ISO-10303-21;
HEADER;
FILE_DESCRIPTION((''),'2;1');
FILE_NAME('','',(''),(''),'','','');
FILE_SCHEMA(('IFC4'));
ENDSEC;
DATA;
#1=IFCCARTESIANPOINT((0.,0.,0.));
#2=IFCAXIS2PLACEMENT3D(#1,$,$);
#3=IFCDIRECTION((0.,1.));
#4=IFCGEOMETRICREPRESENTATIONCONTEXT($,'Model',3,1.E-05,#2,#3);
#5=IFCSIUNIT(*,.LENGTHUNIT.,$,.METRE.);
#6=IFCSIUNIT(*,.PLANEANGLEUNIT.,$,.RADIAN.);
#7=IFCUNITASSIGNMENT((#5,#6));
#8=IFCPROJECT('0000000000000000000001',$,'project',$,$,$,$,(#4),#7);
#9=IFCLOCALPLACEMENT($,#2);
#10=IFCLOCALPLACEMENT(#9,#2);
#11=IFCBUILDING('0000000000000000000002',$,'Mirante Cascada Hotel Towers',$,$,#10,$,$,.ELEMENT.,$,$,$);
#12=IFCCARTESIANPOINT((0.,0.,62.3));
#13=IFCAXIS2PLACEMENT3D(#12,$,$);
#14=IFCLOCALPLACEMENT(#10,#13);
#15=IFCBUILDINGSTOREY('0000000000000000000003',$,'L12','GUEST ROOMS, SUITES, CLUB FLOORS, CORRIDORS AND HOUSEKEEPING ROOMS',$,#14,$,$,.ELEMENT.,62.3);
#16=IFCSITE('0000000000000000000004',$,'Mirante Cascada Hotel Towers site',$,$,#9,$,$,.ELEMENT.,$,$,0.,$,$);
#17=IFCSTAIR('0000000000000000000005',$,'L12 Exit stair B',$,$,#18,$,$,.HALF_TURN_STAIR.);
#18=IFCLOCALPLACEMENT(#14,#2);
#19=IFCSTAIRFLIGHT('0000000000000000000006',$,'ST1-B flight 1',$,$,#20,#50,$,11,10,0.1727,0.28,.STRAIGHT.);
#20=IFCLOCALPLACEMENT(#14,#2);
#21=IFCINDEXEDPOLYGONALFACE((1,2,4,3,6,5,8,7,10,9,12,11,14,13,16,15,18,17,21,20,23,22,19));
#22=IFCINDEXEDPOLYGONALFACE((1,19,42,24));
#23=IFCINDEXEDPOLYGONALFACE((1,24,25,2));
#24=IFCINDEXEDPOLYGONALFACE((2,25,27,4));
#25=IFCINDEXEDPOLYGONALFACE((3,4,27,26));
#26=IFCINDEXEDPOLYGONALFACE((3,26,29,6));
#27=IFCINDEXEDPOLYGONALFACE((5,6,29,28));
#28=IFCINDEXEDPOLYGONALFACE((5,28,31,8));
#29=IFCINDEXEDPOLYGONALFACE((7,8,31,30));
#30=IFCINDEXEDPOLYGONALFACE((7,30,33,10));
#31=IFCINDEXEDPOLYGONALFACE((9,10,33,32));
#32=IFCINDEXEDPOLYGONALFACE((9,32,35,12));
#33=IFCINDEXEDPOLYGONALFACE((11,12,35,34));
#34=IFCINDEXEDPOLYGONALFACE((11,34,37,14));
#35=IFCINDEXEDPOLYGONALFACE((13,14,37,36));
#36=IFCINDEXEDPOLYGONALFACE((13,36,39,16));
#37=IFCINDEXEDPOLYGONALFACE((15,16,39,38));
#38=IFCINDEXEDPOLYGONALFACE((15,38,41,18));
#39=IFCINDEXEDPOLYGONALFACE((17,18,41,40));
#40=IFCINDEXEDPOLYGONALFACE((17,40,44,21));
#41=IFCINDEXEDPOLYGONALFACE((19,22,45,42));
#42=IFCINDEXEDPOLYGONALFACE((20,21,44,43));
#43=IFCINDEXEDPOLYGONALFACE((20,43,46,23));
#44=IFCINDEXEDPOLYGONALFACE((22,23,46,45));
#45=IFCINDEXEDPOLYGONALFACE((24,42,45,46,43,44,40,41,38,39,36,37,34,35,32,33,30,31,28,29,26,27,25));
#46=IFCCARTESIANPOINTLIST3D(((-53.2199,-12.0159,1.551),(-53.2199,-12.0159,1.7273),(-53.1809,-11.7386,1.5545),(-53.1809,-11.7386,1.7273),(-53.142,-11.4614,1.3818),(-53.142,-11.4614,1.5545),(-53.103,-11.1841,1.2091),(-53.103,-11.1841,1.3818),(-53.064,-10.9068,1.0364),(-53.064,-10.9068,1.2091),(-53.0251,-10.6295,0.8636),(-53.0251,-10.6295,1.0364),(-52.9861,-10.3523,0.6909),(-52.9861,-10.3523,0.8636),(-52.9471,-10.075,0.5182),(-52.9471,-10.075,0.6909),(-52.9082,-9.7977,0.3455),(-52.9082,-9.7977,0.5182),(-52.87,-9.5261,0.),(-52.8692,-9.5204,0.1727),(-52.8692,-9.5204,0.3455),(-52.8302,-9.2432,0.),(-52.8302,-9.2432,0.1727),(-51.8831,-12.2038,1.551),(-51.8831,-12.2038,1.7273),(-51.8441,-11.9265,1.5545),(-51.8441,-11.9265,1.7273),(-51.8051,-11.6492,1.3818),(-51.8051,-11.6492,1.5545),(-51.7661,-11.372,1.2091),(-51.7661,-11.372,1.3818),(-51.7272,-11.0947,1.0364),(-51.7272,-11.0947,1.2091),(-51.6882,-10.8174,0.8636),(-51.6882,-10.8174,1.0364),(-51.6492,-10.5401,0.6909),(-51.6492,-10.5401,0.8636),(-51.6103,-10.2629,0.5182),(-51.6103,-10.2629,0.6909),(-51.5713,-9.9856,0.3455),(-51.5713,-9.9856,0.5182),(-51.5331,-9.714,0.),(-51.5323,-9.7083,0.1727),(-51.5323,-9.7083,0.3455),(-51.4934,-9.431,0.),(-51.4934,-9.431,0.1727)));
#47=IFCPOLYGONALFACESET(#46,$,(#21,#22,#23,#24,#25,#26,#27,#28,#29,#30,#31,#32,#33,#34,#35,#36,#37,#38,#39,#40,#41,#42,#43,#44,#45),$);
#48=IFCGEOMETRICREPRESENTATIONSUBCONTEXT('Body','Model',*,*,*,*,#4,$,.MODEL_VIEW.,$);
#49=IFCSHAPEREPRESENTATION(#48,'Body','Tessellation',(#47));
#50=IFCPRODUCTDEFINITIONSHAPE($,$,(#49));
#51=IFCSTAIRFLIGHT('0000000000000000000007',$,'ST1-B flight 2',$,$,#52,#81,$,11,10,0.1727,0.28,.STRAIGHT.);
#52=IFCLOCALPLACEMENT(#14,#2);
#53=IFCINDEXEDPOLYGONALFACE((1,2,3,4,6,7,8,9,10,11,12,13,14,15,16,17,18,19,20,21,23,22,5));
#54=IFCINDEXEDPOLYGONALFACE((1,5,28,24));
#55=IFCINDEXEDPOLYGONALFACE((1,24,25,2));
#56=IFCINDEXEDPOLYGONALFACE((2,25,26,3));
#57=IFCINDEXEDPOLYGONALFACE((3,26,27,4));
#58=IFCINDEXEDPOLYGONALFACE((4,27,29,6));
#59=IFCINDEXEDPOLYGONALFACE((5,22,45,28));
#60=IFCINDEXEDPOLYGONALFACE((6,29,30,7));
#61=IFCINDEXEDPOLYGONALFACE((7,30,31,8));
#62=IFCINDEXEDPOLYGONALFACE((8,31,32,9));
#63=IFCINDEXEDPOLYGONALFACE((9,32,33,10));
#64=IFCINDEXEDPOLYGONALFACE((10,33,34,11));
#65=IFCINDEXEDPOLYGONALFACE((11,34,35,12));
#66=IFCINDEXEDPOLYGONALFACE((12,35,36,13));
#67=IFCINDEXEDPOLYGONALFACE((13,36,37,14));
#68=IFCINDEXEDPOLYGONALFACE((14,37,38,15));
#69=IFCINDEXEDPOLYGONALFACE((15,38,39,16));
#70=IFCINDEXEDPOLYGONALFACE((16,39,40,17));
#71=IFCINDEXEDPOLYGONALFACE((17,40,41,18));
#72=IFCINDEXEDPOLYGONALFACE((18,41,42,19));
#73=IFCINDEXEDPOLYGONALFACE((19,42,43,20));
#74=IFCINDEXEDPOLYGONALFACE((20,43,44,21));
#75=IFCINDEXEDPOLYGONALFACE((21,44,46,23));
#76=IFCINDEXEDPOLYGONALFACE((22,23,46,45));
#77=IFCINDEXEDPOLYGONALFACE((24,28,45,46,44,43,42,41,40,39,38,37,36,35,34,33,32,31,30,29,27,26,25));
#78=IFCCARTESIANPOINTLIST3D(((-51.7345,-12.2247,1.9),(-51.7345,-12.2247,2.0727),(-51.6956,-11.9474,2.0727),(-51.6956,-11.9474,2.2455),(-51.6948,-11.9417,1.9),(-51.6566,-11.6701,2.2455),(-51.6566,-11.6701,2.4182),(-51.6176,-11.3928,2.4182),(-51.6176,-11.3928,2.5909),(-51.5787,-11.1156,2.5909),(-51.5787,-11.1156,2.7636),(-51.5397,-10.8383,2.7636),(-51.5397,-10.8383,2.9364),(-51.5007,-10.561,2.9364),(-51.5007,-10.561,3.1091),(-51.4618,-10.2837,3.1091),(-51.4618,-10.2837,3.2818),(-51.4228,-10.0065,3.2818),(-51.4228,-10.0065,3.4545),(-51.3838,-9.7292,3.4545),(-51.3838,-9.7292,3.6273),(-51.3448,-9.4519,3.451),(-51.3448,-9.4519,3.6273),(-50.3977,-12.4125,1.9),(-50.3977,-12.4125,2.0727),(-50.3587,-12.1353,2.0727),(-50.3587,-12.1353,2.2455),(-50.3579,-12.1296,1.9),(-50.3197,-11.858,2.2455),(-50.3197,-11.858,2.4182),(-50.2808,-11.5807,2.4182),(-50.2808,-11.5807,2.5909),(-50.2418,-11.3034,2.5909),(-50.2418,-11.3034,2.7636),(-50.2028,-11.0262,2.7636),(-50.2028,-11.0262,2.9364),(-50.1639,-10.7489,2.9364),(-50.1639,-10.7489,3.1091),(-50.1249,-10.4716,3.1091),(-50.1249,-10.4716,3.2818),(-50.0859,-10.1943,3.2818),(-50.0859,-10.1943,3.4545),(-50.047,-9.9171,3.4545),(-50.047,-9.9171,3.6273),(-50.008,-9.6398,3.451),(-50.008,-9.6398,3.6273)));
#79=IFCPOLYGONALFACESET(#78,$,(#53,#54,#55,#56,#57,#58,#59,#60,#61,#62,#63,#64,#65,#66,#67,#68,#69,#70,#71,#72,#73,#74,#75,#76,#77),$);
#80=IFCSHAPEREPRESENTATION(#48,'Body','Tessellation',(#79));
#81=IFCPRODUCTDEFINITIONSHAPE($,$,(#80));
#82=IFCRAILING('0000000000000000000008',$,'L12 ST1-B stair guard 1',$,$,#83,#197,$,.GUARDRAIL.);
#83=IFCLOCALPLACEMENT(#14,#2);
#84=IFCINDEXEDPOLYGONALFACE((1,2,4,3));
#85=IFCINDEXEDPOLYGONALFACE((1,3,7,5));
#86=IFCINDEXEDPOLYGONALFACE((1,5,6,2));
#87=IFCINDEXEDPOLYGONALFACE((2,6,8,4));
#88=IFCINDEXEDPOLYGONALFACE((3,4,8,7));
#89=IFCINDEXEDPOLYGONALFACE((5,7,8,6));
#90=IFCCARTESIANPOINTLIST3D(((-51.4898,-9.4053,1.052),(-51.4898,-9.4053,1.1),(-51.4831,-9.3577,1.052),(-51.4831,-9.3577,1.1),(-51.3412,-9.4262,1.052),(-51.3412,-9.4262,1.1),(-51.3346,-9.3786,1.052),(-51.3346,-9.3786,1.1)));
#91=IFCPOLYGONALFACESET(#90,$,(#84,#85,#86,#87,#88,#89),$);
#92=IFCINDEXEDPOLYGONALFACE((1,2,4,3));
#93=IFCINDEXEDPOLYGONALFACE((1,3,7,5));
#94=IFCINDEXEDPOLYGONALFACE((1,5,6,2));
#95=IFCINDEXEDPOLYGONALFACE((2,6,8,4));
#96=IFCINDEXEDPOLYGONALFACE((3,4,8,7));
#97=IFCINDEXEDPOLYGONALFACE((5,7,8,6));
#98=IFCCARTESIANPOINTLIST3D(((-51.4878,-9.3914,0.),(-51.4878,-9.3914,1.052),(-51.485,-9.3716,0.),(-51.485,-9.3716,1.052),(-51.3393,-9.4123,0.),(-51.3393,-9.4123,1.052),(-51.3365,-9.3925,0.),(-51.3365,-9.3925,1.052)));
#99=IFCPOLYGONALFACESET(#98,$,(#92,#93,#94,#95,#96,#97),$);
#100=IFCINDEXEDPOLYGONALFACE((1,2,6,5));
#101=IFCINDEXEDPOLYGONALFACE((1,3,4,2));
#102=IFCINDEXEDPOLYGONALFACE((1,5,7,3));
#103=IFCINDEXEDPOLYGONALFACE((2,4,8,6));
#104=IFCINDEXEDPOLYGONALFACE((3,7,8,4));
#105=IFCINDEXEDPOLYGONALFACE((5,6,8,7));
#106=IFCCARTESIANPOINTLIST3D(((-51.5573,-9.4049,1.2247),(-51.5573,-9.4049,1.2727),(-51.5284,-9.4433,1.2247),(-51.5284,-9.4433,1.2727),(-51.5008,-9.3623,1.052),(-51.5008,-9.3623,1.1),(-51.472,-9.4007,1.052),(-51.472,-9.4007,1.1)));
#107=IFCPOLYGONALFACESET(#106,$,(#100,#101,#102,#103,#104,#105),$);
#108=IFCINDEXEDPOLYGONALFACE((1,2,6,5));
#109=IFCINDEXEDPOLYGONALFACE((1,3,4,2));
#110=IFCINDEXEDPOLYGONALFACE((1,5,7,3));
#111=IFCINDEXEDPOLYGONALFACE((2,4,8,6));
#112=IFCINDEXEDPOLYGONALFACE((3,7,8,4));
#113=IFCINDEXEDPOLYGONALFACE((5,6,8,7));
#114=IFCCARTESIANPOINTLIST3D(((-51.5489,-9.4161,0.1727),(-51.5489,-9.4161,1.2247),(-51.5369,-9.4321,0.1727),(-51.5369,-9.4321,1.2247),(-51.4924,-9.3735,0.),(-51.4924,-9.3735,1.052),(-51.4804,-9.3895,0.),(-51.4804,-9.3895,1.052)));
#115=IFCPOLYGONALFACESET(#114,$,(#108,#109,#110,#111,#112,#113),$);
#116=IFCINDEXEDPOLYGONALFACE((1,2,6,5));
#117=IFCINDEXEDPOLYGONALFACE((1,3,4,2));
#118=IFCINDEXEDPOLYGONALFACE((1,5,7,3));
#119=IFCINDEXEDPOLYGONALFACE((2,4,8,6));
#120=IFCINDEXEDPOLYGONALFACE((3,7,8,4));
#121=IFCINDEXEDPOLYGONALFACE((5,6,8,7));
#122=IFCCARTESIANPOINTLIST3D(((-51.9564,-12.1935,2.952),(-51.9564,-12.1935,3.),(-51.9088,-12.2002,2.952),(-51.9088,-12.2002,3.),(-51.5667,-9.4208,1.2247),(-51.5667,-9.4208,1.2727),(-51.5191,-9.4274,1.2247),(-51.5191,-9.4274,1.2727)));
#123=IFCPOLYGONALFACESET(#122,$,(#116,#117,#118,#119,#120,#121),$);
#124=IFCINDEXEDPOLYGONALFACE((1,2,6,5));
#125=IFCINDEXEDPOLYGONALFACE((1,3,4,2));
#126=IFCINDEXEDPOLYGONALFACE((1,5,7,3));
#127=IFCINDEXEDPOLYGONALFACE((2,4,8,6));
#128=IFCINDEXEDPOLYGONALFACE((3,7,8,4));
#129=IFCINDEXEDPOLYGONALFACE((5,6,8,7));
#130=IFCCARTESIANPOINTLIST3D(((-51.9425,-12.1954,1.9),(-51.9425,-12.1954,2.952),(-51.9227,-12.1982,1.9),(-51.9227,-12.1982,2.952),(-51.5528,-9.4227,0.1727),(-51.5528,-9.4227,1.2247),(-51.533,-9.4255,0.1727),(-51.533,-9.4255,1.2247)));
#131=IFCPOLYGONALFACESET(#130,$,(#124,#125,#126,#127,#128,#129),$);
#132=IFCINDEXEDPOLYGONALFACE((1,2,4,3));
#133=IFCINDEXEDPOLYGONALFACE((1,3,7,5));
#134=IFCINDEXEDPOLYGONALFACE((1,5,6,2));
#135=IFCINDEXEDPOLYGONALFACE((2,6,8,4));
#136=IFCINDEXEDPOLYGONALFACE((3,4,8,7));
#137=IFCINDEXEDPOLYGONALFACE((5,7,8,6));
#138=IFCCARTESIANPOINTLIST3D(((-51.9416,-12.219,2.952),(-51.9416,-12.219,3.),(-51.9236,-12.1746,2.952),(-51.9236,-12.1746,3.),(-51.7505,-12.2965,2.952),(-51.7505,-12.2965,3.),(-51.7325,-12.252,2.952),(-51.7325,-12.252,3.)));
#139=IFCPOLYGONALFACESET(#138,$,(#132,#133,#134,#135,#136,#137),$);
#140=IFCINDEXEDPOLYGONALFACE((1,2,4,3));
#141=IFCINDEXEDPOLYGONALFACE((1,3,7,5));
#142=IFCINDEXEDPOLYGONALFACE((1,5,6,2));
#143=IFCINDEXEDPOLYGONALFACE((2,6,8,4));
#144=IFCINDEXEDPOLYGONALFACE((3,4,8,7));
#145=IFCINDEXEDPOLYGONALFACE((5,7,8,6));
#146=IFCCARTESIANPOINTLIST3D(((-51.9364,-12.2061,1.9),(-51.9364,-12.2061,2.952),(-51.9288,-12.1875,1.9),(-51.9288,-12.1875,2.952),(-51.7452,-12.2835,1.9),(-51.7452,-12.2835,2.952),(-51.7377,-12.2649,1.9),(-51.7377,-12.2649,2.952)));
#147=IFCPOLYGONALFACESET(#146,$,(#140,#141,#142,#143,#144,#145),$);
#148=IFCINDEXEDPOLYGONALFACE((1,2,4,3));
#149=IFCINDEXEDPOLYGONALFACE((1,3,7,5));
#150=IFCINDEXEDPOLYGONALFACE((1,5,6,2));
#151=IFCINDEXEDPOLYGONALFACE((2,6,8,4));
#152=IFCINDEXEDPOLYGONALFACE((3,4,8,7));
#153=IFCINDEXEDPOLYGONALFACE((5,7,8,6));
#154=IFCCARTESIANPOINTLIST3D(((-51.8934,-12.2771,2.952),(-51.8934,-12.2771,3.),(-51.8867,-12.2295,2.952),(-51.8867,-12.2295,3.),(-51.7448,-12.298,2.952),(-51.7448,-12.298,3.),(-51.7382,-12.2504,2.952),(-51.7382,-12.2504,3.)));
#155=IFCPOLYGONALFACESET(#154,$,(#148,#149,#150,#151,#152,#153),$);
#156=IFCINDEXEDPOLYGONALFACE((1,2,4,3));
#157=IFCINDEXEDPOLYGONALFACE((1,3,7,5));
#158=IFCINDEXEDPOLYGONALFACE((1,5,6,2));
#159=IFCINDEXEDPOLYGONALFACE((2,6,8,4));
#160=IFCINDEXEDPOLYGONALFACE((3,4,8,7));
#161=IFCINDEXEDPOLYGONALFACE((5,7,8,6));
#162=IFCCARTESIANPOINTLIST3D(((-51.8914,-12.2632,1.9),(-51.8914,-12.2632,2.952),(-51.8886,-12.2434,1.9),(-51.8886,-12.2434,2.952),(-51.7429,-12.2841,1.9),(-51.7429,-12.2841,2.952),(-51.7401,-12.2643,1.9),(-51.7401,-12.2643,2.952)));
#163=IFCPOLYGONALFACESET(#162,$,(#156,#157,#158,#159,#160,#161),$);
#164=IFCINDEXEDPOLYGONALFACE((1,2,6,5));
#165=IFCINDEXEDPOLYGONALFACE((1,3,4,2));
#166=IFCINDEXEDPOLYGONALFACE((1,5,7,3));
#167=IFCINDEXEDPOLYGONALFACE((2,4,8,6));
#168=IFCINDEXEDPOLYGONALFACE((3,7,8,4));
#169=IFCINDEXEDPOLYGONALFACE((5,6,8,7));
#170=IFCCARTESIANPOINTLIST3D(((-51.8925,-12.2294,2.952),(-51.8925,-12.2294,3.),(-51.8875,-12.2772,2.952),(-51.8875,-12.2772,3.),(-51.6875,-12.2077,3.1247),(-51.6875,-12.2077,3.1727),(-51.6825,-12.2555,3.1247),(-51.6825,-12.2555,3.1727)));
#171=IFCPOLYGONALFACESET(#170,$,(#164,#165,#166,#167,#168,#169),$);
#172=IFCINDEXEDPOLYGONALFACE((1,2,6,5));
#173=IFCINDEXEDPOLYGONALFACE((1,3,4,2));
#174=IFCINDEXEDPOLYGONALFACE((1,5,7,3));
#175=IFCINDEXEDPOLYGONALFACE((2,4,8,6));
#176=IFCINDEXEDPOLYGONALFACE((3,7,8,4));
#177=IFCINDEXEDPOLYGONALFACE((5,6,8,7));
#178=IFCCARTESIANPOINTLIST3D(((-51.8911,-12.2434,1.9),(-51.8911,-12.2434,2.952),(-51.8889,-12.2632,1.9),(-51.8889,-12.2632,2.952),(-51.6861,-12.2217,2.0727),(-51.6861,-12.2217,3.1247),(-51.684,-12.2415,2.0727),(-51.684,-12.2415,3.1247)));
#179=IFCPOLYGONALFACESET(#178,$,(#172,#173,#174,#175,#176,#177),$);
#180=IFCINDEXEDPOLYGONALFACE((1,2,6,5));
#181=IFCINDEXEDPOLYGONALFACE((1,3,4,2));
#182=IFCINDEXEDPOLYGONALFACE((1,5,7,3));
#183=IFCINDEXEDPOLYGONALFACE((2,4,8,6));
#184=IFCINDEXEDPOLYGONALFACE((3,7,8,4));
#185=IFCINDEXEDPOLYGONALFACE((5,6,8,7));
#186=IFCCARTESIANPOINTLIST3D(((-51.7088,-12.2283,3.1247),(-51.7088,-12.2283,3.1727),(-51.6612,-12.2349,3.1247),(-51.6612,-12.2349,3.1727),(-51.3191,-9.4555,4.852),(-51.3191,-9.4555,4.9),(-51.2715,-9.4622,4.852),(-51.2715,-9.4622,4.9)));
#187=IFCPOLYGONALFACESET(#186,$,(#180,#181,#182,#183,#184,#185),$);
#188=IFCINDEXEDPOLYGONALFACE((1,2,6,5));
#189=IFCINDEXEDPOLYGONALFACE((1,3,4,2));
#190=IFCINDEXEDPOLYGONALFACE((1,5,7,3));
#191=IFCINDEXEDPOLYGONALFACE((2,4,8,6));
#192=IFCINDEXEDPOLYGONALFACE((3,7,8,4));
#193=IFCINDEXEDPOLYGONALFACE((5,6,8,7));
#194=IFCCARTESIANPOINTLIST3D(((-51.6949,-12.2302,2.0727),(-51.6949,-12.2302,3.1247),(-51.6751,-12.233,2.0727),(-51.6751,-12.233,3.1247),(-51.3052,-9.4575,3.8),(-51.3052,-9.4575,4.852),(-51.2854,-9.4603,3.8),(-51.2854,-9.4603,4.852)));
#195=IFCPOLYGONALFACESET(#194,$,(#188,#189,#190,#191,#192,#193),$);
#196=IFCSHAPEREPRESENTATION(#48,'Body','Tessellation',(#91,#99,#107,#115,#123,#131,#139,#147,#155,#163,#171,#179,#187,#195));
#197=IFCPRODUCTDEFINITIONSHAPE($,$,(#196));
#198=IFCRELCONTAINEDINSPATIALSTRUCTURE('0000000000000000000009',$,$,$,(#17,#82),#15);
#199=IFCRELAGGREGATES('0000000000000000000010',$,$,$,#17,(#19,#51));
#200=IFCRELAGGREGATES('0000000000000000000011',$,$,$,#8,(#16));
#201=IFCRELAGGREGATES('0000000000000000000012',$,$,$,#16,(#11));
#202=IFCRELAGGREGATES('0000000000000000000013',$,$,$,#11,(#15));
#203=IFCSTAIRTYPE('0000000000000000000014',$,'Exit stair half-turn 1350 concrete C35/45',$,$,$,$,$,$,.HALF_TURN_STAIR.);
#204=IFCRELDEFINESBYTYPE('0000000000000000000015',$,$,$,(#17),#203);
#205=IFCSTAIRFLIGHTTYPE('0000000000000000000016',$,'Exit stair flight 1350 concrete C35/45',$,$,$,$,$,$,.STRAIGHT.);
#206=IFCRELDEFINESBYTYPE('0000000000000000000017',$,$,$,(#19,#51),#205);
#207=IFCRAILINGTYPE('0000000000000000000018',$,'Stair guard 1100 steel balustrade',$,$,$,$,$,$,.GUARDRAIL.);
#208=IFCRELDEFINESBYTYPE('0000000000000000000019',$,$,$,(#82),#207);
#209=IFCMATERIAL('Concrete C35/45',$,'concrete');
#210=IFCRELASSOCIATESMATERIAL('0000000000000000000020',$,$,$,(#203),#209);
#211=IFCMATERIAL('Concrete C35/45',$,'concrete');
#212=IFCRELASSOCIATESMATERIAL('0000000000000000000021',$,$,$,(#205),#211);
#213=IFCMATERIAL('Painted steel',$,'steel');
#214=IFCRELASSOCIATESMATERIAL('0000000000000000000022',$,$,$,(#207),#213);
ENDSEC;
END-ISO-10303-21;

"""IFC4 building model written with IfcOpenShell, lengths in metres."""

from ifc_helpers import new_model, si_unit, direction, frame, origin, origin_2d, place, context, subcontext, project, spatial, polyline, rectangle, outline, extrude, material, type_object, element, aggregate, save


model = new_model("IFC4")

# Units and contexts
model_context = context("Model", 3, precision=1e-05, world=origin(), true_north=direction((0.0, 1.0)))
body_context = subcontext(model_context, "Body", "Model", "MODEL_VIEW")
ifc_project = project(units=[si_unit("LENGTHUNIT", "METRE"), si_unit("PLANEANGLEUNIT", "RADIAN")], contexts=[model_context])

# Site, building, storey
site_placement = place(None, origin())
site = spatial("IfcSite", under=ifc_project, at=site_placement, Name="Mirante Cascada Hotel Towers site", CompositionType="ELEMENT", RefElevation=0.0)
building_placement = place(site_placement, origin())
building = spatial("IfcBuilding", under=site, at=building_placement, Name="Mirante Cascada Hotel Towers", CompositionType="ELEMENT")
storey_placement = place(building_placement, frame((0.0, 0.0, 62.3)))
storey = spatial("IfcBuildingStorey", under=building, at=storey_placement, Name="L12", Description="GUEST ROOMS, SUITES, CLUB FLOORS, CORRIDORS AND HOUSEKEEPING ROOMS", CompositionType="ELEMENT", Elevation=62.3)

# Stair, stair flights
ifc_material_1 = material(Name="Concrete C35/45", Category="concrete")
stair_type = type_object("IfcStairType", Name="Exit stair half-turn 1350 concrete C35/45", PredefinedType="HALF_TURN_STAIR", material=ifc_material_1)
stair_placement = place(storey_placement, origin())
stair = element("IfcStair", 1, at=stair_placement, inside=storey, type_object=stair_type, Name="L12 Exit stair B", PredefinedType="HALF_TURN_STAIR")
ifc_material_2 = material(Name="Concrete C35/45", Category="concrete")
stair_flight_type = type_object("IfcStairFlightType", Name="Exit stair flight 1350 concrete C35/45", PredefinedType="STRAIGHT", material=ifc_material_2)
stair_flight_1_placement = place(storey_placement, frame((-52.1618, -9.3371, 0.0), z_axis=(0.0, 0.0, 1.0), x_axis=(-0.139173, -0.990268, 0.0)))
stair_flight_1 = element("IfcStairFlight", 2, at=stair_flight_1_placement, type_object=stair_flight_type, Name="ST1-B flight 1", NumberOfRisers=11, NumberOfTreads=10, PredefinedType="STRAIGHT", RiserHeight=0.1727, TreadLength=0.28, context=body_context, shape_type="SweptSolid", body=[
    extrude(outline(polyline([(0.0, 0.0), (0.0, 0.1727), (0.28, 0.1727), (0.28, 0.3455), (0.56, 0.3455), (0.56, 0.5182), (0.84, 0.5182), (0.84, 0.6909), (1.12, 0.6909), (1.12, 0.8636), (1.4, 0.8636), (1.4, 1.0364), (1.68, 1.0364), (1.68, 1.2091), (1.96, 1.2091), (1.96, 1.3818), (2.24, 1.3818), (2.24, 1.5545), (2.52, 1.5545), (2.52, 1.7273), (2.8, 1.7273), (2.8, 1.9), (2.8, 1.551), (0.2857, 0.0), (0.0, 0.0)])), frame((0.0, 0.675, 0.0), z_axis=(0.0, -1.0, 0.0), x_axis=(1.0, 0.0, 0.0)), (0.0, 0.0, 1.0), 1.35),
])
stair_flight_2_placement = place(storey_placement, frame((-51.0661, -12.3186, 1.9), z_axis=(0.0, 0.0, 1.0), x_axis=(0.139173, 0.990268, 0.0)))
stair_flight_2 = element("IfcStairFlight", 3, at=stair_flight_2_placement, type_object=stair_flight_type, Name="ST1-B flight 2", NumberOfRisers=11, NumberOfTreads=10, PredefinedType="STRAIGHT", RiserHeight=0.1727, TreadLength=0.28, context=body_context, shape_type="SweptSolid", body=[
    extrude(outline(polyline([(0.0, 0.0), (0.0, 0.1727), (0.28, 0.1727), (0.28, 0.3455), (0.56, 0.3455), (0.56, 0.5182), (0.84, 0.5182), (0.84, 0.6909), (1.12, 0.6909), (1.12, 0.8636), (1.4, 0.8636), (1.4, 1.0364), (1.68, 1.0364), (1.68, 1.2091), (1.96, 1.2091), (1.96, 1.3818), (2.24, 1.3818), (2.24, 1.5545), (2.52, 1.5545), (2.52, 1.7273), (2.8, 1.7273), (2.8, 1.9), (2.8, 1.551), (0.2857, 0.0), (0.0, 0.0)])), frame((0.0, 0.675, 0.0), z_axis=(0.0, -1.0, 0.0), x_axis=(1.0, 0.0, 0.0)), (0.0, 0.0, 1.0), 1.35),
])
aggregate(stair, [stair_flight_1, stair_flight_2])

# Railing
ifc_material_3 = material(Name="Painted steel", Category="steel")
railing_type_1 = type_object("IfcRailingType", Name="Stair guard 1100 steel balustrade", PredefinedType="GUARDRAIL", material=ifc_material_3)
railing_1_placement = place(storey_placement, frame((-51.3379, -9.4024, 0.0)))
element("IfcRailing", 4, at=railing_1_placement, inside=storey, type_object=railing_type_1, Name="L12 ST1-B stair guard 1", PredefinedType="GUARDRAIL", context=body_context, shape_type="SweptSolid", body=[
    extrude(rectangle(XDim=0.048, YDim=0.048, at=origin_2d()), frame((0.0, 0.0, 1.076), z_axis=(-0.990241, 0.139367, 0.0), x_axis=(-0.139367, -0.990241, 0.0)), (0.0, 0.0, 1.0), 0.15),
    extrude(rectangle(XDim=0.02, YDim=1.052, at=origin_2d()), frame((0.0, 0.0, 0.526), z_axis=(-0.990241, 0.139367, 0.0), x_axis=(-0.139367, -0.990241, 0.0)), (0.0, 0.0, 1.0), 0.15),
    extrude(rectangle(XDim=0.048, YDim=0.048, at=origin_2d()), frame((-0.1485, 0.0209, 1.076), z_axis=(-0.798471, -0.602033, 0.0), x_axis=(0.602033, -0.798471, 0.0)), (0.0, 0.92534, 0.379139), 0.1866),
    extrude(rectangle(XDim=0.02, YDim=1.052, at=origin_2d()), frame((-0.1485, 0.0209, 0.526), z_axis=(-0.798471, -0.602033, 0.0), x_axis=(0.602033, -0.798471, 0.0)), (0.0, 0.92534, 0.379139), 0.1866),
    extrude(rectangle(XDim=0.048, YDim=0.048, at=origin_2d()), frame((-0.205, -0.0217, 1.2487), z_axis=(-0.139181, -0.990267, 0.0), x_axis=(0.990267, -0.139181, 0.0)), (0.0, 0.525035, 0.851081), 3.2899),
    extrude(rectangle(XDim=0.02, YDim=1.052, at=origin_2d()), frame((-0.205, -0.0217, 0.6987), z_axis=(-0.139181, -0.990267, 0.0), x_axis=(0.990267, -0.139181, 0.0)), (0.0, 0.525035, 0.851081), 3.2899),
    extrude(rectangle(XDim=0.048, YDim=0.048, at=origin_2d()), frame((-0.5947, -2.7944, 2.976), z_axis=(0.926862, -0.375401, 0.0), x_axis=(0.375401, 0.926862, 0.0)), (0.0, 0.0, 1.0), 0.2062),
    extrude(rectangle(XDim=0.02, YDim=1.052, at=origin_2d()), frame((-0.5947, -2.7944, 2.426), z_axis=(0.926862, -0.375401, 0.0), x_axis=(0.375401, 0.926862, 0.0)), (0.0, 0.0, 1.0), 0.2062),
    extrude(rectangle(XDim=0.048, YDim=0.048, at=origin_2d()), frame((-0.4036, -2.8718, 2.976), z_axis=(-0.990241, 0.139367, 0.0), x_axis=(-0.139367, -0.990241, 0.0)), (0.0, 0.0, 1.0), 0.15),
    extrude(rectangle(XDim=0.02, YDim=1.052, at=origin_2d()), frame((-0.4036, -2.8718, 2.426), z_axis=(-0.990241, 0.139367, 0.0), x_axis=(-0.139367, -0.990241, 0.0)), (0.0, 0.0, 1.0), 0.15),
    extrude(rectangle(XDim=0.048, YDim=0.048, at=origin_2d()), frame((-0.5521, -2.8509, 2.976), z_axis=(0.994444, 0.105266, 0.0), x_axis=(-0.105266, 0.994444, 0.0)), (0.0, 0.642184, 0.76655), 0.2689),
    extrude(rectangle(XDim=0.02, YDim=1.052, at=origin_2d()), frame((-0.5521, -2.8509, 2.426), z_axis=(0.994444, 0.105266, 0.0), x_axis=(-0.105266, 0.994444, 0.0)), (0.0, 0.642184, 0.76655), 0.2689),
    extrude(rectangle(XDim=0.048, YDim=0.048, at=origin_2d()), frame((-0.3471, -2.8292, 3.1487), z_axis=(0.139181, 0.990267, 0.0), x_axis=(-0.990267, 0.139181, 0.0)), (0.0, 0.525035, 0.851081), 3.2899),
    extrude(rectangle(XDim=0.02, YDim=1.052, at=origin_2d()), frame((-0.3471, -2.8292, 2.5987), z_axis=(0.139181, 0.990267, 0.0), x_axis=(-0.990267, 0.139181, 0.0)), (0.0, 0.525035, 0.851081), 3.2899),
])

save(model, "model.ifc")
